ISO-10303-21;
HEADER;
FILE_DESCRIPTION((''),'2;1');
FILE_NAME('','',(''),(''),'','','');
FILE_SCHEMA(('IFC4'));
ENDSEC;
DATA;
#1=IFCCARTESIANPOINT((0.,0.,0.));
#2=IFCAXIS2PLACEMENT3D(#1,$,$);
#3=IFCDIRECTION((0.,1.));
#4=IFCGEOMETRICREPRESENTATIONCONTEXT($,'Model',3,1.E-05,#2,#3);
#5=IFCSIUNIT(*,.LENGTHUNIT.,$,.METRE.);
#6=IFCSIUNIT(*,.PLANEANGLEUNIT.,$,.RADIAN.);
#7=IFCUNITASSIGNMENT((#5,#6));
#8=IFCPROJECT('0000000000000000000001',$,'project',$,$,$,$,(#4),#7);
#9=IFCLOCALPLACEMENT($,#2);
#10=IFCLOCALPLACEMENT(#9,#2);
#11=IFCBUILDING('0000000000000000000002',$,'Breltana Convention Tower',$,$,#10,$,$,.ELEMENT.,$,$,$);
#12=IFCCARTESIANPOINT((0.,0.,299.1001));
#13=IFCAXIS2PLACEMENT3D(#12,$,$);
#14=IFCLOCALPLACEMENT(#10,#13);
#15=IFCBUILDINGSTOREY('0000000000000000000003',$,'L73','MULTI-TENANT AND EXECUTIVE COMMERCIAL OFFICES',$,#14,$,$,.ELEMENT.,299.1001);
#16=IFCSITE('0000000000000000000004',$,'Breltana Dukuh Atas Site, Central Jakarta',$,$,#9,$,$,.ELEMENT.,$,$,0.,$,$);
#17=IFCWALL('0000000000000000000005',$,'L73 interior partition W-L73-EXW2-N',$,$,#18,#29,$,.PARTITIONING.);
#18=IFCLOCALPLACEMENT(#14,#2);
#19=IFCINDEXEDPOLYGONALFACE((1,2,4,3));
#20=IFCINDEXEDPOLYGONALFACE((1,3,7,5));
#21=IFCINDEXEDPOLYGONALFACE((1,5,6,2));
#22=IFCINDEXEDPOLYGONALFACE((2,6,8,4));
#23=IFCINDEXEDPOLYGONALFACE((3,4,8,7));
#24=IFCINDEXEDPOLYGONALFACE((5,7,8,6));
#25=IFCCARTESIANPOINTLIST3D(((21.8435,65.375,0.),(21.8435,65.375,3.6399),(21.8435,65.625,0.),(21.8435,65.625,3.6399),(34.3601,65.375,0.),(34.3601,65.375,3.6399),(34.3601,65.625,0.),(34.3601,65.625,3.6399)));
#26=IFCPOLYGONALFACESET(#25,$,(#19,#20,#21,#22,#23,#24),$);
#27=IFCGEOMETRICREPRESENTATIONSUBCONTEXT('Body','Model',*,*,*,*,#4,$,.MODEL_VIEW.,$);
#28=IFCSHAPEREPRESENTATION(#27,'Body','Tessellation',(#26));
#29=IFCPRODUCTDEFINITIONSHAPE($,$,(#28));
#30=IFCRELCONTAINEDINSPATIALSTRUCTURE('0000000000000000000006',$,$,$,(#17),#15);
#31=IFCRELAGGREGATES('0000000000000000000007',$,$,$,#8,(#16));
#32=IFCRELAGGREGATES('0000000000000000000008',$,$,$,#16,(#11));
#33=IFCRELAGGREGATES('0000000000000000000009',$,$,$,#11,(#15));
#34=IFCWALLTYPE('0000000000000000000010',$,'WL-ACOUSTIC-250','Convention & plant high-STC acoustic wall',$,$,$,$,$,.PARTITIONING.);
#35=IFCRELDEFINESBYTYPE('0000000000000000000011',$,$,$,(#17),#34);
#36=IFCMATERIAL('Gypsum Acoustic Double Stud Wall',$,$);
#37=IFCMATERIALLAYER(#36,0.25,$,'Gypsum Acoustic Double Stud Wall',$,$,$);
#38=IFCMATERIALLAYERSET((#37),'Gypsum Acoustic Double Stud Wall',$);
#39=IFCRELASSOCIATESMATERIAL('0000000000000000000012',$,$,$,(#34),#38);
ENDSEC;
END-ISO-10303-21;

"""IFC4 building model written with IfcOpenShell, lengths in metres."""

from ifc_helpers import new_model, si_unit, direction, frame, frame_2d, origin, place, context, subcontext, project, spatial, rectangle, extrude, source, transform, mapped, material, layer, layer_set, type_object, element, save


model = new_model("IFC4")

# Units and contexts
model_context = context("Model", 3, precision=1e-05, world=origin(), true_north=direction((0.0, 1.0)))
body_context = subcontext(model_context, "Body", "Model", "MODEL_VIEW")
ifc_project = project(units=[si_unit("LENGTHUNIT", "METRE"), si_unit("PLANEANGLEUNIT", "RADIAN")], contexts=[model_context])

# Site, building, storey
site_placement = place(None, origin())
site = spatial("IfcSite", under=ifc_project, at=site_placement, Name="Breltana Dukuh Atas Site, Central Jakarta", CompositionType="ELEMENT", RefElevation=0.0)
building_placement = place(site_placement, origin())
building = spatial("IfcBuilding", under=site, at=building_placement, Name="Breltana Convention Tower", CompositionType="ELEMENT")
storey_placement = place(building_placement, frame((0.0, 0.0, 299.1001)))
storey = spatial("IfcBuildingStorey", under=building, at=storey_placement, Name="L73", Description="MULTI-TENANT AND EXECUTIVE COMMERCIAL OFFICES", CompositionType="ELEMENT", Elevation=299.1001)

# Wall
ifc_material_1 = material(Name="Gypsum Acoustic Double Stud Wall")
ifc_layer_1 = layer(ifc_material_1, 0.25, Name="Gypsum Acoustic Double Stud Wall")
ifc_layer_set_1 = layer_set([ifc_layer_1], Name="Gypsum Acoustic Double Stud Wall")
wall_type_1 = type_object("IfcWallType", Name="WL-ACOUSTIC-250", Description="Convention & plant high-STC acoustic wall", PredefinedType="PARTITIONING", material=ifc_layer_set_1)
shared_shape_1 = source(origin(), body_context, "Body", "SweptSolid", [
    extrude(rectangle(XDim=12.5166, YDim=0.25, at=frame_2d((6.2583, 0.0))), origin(), (0.0, 0.0, 1.0), 3.6399),
])
wall_1_placement = place(storey_placement, frame((21.8435, 65.5, 0.0), z_axis=(0.0, 0.0, 1.0), x_axis=(1.0, 0.0, 0.0)))
element("IfcWall", 1, at=wall_1_placement, inside=storey, type_object=wall_type_1, Name="L73 interior partition W-L73-EXW2-N", PredefinedType="PARTITIONING", context=body_context, shape_type="MappedRepresentation", body=[
    mapped(shared_shape_1, transform((0.0, 0.0, 0.0), scale=1.0)),
])

save(model, "model.ifc")
